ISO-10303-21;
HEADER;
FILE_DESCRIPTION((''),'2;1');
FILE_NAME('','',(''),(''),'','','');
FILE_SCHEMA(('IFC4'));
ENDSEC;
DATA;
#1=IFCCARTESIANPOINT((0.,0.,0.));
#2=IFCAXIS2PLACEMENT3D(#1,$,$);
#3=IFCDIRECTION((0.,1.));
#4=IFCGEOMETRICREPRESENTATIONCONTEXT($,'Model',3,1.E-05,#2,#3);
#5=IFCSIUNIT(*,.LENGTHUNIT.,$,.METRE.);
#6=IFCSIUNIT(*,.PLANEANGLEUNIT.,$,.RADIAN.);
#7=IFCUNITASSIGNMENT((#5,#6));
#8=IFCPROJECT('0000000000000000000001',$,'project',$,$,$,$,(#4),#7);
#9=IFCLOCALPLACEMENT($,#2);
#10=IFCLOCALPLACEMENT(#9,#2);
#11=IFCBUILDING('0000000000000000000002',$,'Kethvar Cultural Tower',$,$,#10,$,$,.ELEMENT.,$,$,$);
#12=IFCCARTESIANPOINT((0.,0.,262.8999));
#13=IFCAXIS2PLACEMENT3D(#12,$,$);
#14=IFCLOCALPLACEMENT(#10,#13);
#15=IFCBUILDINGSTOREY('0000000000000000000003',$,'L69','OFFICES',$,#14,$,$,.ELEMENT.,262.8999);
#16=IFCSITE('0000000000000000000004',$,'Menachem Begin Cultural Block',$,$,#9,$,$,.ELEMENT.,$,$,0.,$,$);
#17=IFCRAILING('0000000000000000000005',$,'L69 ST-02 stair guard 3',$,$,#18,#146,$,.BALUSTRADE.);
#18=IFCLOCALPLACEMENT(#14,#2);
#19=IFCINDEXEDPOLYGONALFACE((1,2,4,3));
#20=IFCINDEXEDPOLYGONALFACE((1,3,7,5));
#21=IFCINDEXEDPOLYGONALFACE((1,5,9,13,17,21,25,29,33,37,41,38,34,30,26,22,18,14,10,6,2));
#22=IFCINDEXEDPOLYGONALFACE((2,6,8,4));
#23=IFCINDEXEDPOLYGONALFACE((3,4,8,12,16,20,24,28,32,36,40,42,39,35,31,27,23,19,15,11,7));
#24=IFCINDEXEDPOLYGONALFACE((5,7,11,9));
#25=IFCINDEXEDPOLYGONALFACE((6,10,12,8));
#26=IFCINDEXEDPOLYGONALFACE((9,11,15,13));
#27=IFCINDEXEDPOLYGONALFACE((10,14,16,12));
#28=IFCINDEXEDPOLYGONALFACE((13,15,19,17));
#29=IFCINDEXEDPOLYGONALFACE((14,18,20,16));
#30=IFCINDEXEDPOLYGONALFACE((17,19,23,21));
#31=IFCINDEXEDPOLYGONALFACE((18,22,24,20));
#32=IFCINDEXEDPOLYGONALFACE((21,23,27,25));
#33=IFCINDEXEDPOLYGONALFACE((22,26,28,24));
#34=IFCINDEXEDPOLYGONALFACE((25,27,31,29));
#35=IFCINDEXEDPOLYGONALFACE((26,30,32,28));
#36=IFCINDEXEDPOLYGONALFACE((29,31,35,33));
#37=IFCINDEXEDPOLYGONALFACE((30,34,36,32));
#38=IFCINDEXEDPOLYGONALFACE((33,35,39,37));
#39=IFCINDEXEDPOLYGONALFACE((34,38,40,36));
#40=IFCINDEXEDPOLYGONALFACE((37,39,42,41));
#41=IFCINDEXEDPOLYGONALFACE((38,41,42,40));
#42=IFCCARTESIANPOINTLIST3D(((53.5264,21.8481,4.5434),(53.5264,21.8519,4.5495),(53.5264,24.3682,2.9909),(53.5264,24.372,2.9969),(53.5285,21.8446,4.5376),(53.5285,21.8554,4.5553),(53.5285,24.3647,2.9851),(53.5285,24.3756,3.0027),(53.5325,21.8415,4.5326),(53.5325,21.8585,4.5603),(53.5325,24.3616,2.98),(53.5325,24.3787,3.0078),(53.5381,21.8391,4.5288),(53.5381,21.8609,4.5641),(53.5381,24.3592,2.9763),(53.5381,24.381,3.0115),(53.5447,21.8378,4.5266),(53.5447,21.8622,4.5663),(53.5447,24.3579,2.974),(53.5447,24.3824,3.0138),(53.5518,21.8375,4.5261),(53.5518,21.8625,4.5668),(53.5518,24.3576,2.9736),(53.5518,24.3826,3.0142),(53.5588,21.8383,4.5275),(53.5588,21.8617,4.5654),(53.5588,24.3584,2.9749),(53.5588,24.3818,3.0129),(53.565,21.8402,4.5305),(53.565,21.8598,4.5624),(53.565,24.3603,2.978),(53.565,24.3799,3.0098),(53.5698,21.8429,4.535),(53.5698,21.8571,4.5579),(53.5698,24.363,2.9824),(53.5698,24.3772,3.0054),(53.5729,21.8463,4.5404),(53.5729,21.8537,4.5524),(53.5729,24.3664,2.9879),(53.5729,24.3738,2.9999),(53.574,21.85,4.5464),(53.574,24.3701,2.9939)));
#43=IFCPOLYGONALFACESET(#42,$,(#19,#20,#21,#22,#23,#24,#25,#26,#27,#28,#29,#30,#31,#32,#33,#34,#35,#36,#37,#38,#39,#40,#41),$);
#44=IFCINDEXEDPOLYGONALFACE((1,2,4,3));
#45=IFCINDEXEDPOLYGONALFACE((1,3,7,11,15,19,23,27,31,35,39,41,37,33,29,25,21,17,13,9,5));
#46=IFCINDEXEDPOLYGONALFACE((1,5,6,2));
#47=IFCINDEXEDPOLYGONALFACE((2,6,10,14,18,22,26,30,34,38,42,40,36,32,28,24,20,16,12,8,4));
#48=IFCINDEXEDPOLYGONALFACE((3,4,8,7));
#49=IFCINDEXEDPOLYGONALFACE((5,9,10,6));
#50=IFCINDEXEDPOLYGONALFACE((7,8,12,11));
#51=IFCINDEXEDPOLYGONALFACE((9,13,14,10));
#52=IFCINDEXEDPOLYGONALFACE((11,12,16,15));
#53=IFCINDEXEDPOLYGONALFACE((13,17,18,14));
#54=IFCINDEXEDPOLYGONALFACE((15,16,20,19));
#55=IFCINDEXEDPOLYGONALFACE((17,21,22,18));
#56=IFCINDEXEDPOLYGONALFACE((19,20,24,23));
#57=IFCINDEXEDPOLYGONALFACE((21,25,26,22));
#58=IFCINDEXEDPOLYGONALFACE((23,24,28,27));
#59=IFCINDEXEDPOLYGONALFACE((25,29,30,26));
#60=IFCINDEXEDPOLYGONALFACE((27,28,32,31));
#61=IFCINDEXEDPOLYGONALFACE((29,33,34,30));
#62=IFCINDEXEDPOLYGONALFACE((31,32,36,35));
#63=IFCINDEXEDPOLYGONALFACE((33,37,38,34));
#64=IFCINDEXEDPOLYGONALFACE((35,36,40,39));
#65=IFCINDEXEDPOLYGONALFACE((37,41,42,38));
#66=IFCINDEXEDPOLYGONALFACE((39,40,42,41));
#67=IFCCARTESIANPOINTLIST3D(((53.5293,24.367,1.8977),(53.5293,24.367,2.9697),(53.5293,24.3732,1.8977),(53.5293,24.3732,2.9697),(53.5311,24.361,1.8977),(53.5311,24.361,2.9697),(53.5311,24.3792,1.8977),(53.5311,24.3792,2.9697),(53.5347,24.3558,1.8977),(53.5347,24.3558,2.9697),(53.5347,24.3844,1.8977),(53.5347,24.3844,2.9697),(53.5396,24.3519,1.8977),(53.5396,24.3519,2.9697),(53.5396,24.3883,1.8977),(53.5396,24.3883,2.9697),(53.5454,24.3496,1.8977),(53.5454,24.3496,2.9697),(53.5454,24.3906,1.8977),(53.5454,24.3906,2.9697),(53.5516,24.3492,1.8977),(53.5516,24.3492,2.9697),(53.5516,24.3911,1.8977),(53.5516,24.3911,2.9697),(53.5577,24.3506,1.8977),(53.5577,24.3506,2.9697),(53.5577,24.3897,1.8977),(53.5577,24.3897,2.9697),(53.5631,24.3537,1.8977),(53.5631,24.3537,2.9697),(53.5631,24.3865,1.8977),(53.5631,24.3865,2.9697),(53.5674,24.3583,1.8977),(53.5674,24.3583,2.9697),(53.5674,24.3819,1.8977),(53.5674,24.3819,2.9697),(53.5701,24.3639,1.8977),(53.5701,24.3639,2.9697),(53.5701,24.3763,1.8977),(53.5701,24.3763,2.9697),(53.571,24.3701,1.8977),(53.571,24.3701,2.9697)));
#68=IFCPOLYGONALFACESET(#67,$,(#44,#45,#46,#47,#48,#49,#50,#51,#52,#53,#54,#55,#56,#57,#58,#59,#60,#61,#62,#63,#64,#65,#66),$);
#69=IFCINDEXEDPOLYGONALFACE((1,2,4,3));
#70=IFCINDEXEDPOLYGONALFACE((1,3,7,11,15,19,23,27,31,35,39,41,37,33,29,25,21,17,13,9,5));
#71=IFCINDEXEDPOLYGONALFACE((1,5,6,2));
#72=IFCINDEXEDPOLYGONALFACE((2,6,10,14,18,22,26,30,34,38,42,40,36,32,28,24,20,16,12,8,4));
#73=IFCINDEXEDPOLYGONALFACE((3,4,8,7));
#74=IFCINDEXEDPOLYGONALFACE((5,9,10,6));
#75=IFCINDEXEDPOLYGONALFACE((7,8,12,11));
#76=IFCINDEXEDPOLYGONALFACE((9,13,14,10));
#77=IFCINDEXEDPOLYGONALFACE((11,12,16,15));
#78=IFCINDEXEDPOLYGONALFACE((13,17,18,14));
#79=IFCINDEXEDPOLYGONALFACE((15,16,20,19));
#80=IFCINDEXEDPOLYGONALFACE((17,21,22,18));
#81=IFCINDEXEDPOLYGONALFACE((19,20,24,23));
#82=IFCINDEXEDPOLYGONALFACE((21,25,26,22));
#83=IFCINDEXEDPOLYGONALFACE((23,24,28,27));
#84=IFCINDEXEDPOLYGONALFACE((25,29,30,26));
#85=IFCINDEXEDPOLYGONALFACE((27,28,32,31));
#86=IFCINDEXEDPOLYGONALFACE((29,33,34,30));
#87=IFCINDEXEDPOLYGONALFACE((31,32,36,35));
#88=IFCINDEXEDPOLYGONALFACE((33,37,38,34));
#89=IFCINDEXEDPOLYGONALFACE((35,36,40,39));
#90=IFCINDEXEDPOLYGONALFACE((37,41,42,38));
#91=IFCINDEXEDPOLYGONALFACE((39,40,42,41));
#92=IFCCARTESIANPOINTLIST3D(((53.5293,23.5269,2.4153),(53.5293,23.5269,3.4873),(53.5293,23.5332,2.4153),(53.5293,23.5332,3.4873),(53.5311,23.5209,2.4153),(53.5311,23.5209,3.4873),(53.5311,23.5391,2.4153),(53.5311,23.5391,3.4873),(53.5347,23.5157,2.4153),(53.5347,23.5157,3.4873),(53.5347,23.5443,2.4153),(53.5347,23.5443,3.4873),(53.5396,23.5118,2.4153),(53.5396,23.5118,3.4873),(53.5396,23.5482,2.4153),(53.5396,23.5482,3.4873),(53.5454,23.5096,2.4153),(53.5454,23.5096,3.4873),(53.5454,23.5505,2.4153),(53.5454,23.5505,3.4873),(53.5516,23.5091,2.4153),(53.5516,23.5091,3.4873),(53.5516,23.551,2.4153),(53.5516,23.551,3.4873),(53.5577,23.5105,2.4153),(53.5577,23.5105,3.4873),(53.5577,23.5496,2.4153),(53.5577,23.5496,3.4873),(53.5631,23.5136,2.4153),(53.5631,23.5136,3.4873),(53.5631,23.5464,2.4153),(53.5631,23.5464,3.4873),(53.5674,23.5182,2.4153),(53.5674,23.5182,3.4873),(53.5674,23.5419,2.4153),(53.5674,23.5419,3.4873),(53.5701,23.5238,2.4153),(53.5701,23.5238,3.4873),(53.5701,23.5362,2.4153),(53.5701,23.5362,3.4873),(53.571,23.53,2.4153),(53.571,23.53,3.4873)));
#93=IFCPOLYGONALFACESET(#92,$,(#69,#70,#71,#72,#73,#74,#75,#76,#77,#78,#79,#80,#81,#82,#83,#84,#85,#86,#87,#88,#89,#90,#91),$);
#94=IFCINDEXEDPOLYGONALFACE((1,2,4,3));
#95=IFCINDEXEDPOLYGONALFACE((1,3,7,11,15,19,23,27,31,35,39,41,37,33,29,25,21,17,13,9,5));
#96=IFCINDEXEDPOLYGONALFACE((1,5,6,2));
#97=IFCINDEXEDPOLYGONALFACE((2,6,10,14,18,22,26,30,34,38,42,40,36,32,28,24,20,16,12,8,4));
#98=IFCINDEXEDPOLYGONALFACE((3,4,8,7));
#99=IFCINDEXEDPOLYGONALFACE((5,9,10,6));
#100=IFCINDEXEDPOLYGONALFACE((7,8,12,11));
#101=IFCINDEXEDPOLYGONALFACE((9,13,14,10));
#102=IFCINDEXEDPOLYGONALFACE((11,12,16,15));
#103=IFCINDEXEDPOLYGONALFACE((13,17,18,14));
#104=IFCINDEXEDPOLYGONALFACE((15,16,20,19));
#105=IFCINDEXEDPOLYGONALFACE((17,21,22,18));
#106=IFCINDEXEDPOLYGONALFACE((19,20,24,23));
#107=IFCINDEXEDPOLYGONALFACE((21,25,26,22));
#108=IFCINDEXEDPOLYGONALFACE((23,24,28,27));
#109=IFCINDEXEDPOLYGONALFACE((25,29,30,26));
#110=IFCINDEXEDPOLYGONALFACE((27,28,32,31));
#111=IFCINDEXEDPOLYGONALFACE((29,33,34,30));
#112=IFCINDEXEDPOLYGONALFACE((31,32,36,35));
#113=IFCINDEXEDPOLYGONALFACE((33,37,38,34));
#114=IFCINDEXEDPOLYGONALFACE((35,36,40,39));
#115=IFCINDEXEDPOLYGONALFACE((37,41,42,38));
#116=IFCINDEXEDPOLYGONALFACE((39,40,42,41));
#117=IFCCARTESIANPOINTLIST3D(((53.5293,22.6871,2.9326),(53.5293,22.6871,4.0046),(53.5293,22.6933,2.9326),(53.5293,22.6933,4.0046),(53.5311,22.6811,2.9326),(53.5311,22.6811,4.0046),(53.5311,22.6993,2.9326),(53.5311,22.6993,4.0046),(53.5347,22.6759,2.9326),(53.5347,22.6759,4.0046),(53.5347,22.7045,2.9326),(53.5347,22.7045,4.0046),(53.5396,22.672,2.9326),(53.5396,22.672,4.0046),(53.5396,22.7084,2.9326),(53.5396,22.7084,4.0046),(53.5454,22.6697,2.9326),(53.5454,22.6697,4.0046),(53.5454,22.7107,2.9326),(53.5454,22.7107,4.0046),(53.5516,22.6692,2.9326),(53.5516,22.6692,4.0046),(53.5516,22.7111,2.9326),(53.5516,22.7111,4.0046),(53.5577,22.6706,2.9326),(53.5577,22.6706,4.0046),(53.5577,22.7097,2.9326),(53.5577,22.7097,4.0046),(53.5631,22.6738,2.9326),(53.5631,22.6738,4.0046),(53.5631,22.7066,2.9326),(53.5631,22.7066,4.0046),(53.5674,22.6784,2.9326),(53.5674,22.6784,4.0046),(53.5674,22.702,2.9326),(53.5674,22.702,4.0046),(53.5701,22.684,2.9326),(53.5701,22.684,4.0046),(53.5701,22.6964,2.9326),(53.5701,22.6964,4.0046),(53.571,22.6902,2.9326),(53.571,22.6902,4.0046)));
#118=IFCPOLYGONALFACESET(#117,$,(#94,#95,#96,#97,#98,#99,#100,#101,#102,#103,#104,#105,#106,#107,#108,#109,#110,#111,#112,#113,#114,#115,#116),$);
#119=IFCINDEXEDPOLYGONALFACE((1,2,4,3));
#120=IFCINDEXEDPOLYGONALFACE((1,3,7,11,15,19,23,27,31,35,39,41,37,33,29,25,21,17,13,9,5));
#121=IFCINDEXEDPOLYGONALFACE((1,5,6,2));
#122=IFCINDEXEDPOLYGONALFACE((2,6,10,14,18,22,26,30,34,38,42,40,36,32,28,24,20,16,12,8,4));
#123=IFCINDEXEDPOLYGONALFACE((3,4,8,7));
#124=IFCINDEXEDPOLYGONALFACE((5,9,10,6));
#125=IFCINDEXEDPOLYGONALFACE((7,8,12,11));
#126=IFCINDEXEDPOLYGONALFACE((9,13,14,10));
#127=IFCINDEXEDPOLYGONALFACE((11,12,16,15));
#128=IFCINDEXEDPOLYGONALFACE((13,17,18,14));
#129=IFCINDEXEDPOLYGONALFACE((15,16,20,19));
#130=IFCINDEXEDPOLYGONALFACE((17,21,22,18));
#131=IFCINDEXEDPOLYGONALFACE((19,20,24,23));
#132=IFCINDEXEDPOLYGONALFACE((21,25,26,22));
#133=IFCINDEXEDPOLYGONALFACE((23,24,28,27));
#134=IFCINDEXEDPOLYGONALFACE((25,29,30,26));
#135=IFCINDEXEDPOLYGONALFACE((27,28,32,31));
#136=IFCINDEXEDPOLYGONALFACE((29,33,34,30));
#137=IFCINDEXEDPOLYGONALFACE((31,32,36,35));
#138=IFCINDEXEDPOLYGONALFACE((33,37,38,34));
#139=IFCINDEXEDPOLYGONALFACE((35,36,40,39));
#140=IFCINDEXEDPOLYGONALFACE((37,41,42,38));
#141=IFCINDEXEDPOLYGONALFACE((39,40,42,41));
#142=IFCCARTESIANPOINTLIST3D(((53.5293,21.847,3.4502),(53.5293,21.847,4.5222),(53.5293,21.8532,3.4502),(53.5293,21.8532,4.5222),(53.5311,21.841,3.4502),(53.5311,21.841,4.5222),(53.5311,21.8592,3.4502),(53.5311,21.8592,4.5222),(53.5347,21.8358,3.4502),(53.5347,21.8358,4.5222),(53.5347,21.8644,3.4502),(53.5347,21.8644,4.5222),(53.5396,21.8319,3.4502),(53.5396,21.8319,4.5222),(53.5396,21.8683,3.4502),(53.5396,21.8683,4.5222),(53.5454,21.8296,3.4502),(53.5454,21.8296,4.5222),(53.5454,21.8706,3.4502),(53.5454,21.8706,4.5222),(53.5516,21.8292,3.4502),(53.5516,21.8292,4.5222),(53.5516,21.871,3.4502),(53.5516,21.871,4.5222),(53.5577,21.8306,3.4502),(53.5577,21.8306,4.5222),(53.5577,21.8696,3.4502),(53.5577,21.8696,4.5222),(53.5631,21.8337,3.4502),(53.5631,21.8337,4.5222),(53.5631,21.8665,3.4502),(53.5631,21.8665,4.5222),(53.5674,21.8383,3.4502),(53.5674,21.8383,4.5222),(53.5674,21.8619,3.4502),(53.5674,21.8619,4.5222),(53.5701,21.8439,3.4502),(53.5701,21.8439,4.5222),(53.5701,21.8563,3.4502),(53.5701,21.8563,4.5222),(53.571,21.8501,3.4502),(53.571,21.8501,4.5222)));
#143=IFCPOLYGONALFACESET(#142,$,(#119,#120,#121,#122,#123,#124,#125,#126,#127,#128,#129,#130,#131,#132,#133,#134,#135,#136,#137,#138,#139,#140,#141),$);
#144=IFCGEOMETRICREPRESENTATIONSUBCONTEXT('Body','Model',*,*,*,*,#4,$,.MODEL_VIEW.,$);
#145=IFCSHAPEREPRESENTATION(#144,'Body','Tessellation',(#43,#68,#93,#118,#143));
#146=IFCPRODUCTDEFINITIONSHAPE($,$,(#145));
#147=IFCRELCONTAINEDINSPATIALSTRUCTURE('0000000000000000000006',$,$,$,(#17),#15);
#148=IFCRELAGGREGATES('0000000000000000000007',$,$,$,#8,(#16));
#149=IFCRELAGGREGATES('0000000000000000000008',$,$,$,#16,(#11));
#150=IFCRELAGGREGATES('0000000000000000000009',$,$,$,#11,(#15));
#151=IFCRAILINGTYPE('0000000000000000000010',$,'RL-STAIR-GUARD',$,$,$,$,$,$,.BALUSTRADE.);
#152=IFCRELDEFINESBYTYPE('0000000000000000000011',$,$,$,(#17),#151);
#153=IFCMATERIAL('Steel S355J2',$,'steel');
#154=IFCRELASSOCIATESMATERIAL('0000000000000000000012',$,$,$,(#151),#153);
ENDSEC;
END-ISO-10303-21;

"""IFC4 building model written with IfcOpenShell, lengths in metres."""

from ifc_helpers import new_model, si_unit, direction, frame, origin, origin_2d, place, context, subcontext, project, spatial, circle, extrude, material, type_object, element, save


model = new_model("IFC4")

# Units and contexts
model_context = context("Model", 3, precision=1e-05, world=origin(), true_north=direction((0.0, 1.0)))
body_context = subcontext(model_context, "Body", "Model", "MODEL_VIEW")
ifc_project = project(units=[si_unit("LENGTHUNIT", "METRE"), si_unit("PLANEANGLEUNIT", "RADIAN")], contexts=[model_context])

# Site, building, storey
site_placement = place(None, origin())
site = spatial("IfcSite", under=ifc_project, at=site_placement, Name="Menachem Begin Cultural Block", CompositionType="ELEMENT", RefElevation=0.0)
building_placement = place(site_placement, origin())
building = spatial("IfcBuilding", under=site, at=building_placement, Name="Kethvar Cultural Tower", CompositionType="ELEMENT")
storey_placement = place(building_placement, frame((0.0, 0.0, 262.8999)))
storey = spatial("IfcBuildingStorey", under=building, at=storey_placement, Name="L69", Description="OFFICES", CompositionType="ELEMENT", Elevation=262.8999)

# Shared definitions
ifc_material_1 = material(Name="Steel S355J2", Category="steel")

# Railing
railing_type_1 = type_object("IfcRailingType", Name="RL-STAIR-GUARD", PredefinedType="BALUSTRADE", material=ifc_material_1)
railing_1_placement = place(storey_placement, frame((53.55, 24.3701, 1.8977)))
element("IfcRailing", 1, at=railing_1_placement, inside=storey, type_object=railing_type_1, Name="L69 ST-02 stair guard 3", PredefinedType="BALUSTRADE", context=body_context, shape_type="SweptSolid", body=[
    extrude(circle(Radius=0.0239, at=origin_2d()), frame((0.0, 0.0, 1.0962), z_axis=(0.0, -0.8514, 0.524516), x_axis=(1.0, 0.0, 0.0)), (0.0, 0.0, 1.0), 2.96),
    extrude(circle(Radius=0.021, at=origin_2d()), origin(), (0.0, 0.0, 1.0), 1.072),
    extrude(circle(Radius=0.021, at=origin_2d()), frame((0.0, -0.8401, 0.5176)), (0.0, 0.0, 1.0), 1.072),
    extrude(circle(Radius=0.021, at=origin_2d()), frame((0.0, -1.6799, 1.0349)), (0.0, 0.0, 1.0), 1.072),
    extrude(circle(Radius=0.021, at=origin_2d()), frame((0.0, -2.52, 1.5525)), (0.0, 0.0, 1.0), 1.072),
])

save(model, "model.ifc")
